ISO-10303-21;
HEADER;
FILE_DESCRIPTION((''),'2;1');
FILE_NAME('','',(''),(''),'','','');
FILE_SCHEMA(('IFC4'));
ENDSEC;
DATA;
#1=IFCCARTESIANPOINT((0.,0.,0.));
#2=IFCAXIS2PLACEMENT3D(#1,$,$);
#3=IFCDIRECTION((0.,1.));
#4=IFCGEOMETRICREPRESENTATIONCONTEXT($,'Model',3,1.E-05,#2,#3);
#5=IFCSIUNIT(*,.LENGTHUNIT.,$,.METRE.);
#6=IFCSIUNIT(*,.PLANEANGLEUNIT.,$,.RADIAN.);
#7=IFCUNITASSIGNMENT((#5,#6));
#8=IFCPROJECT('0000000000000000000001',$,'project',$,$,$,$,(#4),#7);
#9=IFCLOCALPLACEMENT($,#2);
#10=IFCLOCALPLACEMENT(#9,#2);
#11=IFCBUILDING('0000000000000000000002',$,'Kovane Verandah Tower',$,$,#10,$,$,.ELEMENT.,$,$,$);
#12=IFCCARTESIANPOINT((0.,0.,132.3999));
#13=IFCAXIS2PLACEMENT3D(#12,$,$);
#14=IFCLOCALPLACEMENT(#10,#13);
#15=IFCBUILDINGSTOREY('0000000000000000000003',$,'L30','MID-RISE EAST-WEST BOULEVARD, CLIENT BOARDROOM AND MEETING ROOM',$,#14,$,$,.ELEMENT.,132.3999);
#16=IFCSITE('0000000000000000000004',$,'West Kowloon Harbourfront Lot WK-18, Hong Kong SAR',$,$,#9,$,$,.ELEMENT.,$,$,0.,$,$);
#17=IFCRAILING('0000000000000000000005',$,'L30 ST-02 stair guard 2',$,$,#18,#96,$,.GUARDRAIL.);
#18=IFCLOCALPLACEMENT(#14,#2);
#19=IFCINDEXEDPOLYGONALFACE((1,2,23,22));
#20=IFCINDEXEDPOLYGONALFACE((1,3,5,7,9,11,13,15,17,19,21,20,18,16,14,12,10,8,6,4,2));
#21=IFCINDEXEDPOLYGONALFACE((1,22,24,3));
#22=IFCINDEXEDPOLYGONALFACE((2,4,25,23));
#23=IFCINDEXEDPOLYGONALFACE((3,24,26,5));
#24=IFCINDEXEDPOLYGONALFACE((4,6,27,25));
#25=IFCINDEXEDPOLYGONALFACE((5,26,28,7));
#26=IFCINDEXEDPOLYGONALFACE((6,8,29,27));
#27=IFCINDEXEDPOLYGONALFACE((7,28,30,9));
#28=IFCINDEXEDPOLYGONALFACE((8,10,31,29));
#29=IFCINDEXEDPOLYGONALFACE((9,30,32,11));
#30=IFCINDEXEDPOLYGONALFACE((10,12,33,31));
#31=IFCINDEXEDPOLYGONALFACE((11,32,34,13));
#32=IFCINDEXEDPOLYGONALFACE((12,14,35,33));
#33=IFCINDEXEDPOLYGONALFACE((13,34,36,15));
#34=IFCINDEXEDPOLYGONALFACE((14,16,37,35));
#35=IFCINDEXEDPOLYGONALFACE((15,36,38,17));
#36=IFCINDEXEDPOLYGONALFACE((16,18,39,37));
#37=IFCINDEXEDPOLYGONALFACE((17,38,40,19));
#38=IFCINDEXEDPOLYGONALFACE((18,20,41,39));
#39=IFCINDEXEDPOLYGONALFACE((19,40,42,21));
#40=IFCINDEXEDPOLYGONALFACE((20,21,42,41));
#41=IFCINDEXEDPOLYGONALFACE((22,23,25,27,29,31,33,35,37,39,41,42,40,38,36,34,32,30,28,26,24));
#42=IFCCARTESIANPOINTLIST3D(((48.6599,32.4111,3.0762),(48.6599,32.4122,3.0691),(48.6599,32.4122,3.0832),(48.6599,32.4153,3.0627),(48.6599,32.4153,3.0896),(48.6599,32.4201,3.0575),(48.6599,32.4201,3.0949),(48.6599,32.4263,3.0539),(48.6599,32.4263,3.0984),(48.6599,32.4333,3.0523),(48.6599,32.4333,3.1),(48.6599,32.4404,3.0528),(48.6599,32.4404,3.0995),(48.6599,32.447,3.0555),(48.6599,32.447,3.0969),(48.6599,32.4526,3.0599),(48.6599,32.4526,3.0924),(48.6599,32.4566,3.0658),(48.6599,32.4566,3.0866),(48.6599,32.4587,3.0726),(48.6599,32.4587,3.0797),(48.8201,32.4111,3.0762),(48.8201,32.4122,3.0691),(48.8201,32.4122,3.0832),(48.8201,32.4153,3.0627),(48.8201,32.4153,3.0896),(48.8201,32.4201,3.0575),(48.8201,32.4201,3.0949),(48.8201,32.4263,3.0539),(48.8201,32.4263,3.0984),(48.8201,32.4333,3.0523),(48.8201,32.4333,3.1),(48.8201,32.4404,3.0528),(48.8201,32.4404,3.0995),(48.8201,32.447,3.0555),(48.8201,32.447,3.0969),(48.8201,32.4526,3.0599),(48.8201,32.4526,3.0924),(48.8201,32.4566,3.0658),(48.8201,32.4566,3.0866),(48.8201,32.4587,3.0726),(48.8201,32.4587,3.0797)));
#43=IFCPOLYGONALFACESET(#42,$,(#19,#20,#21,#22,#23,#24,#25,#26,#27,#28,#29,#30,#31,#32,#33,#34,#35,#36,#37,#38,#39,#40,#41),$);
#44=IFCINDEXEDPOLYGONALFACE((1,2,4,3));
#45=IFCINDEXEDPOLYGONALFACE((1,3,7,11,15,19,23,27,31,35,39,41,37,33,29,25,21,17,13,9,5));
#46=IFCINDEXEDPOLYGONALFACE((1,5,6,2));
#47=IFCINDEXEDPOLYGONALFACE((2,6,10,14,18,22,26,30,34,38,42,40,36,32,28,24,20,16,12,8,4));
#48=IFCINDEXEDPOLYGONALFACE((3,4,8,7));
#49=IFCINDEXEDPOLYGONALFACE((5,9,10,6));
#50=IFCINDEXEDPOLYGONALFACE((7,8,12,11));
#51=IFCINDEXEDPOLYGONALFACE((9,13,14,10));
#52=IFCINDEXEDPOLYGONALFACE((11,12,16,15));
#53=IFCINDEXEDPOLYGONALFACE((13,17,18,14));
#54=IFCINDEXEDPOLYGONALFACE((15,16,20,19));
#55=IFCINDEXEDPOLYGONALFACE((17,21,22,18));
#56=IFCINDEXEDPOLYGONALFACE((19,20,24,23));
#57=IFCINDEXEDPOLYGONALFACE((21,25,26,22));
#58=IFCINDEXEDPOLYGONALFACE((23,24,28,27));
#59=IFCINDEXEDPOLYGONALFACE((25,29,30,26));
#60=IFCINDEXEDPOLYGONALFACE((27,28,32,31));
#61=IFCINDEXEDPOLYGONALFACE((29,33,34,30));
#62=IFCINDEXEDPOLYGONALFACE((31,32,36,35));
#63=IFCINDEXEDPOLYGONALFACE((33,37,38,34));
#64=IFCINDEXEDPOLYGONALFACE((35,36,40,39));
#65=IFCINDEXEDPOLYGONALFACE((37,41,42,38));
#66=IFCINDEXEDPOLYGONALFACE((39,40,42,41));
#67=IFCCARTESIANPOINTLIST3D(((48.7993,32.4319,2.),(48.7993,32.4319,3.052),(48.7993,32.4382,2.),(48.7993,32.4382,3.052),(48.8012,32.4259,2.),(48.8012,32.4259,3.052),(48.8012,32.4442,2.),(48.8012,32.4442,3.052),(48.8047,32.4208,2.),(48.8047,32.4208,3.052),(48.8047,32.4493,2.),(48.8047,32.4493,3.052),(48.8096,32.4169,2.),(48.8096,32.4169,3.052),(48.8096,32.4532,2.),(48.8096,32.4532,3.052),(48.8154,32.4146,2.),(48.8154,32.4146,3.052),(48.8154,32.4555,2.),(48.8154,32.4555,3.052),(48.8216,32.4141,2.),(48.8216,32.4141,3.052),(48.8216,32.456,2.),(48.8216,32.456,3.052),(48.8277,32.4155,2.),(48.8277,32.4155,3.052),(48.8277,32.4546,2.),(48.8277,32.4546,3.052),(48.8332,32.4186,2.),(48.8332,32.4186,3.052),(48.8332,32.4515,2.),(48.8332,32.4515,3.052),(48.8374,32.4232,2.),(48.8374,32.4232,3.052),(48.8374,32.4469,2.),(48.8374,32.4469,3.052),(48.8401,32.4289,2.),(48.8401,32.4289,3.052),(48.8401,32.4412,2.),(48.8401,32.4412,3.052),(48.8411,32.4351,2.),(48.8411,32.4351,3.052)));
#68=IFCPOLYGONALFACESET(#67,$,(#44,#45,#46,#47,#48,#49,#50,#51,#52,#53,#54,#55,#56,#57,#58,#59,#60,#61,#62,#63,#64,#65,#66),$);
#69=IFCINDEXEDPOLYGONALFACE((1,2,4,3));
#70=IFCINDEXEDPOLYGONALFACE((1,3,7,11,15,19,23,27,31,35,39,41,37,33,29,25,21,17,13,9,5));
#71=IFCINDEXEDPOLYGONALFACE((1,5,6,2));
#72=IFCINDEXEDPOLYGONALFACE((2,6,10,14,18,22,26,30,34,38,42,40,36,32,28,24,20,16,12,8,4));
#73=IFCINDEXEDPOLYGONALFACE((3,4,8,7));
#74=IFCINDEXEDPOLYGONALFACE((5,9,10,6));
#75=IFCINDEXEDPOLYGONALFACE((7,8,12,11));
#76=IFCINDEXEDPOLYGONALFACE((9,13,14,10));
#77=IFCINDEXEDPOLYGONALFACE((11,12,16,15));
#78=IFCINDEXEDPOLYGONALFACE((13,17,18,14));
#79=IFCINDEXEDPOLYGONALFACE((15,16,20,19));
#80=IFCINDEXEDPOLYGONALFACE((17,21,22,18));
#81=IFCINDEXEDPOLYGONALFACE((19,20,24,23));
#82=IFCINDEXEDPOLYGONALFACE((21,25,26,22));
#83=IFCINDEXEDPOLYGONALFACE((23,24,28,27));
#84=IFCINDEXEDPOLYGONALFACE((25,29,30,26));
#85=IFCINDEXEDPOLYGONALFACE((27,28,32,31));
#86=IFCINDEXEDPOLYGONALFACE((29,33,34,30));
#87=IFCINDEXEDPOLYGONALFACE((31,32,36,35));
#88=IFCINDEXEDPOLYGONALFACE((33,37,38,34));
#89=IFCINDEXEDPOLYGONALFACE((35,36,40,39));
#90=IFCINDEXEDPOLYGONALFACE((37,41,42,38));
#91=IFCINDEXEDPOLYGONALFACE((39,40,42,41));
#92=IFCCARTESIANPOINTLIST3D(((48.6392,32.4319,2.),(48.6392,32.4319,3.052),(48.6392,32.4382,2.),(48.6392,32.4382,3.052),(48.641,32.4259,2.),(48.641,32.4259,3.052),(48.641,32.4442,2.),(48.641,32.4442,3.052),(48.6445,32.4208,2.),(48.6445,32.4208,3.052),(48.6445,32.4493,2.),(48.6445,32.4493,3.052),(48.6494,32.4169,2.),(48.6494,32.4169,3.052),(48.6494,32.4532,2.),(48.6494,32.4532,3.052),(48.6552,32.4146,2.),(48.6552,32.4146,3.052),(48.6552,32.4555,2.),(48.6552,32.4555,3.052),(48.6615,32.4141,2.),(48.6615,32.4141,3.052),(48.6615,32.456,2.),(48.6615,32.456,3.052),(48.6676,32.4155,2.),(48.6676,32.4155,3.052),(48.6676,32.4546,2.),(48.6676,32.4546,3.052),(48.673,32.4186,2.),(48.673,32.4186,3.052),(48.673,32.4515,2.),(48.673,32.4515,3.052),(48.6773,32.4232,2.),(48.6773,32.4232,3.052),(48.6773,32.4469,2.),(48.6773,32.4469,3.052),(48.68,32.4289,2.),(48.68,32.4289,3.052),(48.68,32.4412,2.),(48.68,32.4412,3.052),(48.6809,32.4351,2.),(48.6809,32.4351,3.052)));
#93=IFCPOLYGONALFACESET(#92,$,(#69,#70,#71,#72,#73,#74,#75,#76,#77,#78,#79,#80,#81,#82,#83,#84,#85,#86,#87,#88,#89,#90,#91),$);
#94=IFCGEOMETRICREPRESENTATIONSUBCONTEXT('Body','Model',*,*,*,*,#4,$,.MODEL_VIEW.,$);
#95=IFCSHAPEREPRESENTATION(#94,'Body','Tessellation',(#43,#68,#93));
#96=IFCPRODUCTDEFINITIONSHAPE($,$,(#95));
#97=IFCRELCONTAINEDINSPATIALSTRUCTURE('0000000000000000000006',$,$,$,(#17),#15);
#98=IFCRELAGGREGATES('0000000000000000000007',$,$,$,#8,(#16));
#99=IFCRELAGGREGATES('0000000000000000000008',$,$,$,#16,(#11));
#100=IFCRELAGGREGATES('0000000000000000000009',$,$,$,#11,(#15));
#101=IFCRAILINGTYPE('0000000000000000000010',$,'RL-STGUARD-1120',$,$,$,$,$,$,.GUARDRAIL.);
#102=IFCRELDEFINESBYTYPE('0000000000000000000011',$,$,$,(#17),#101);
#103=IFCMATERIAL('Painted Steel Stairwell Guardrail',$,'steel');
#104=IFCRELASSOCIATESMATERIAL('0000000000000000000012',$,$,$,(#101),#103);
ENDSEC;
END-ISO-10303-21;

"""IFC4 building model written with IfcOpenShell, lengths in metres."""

from ifc_helpers import new_model, si_unit, direction, frame, origin, origin_2d, place, context, subcontext, project, spatial, circle, extrude, material, type_object, element, save


model = new_model("IFC4")

# Units and contexts
model_context = context("Model", 3, precision=1e-05, world=origin(), true_north=direction((0.0, 1.0)))
body_context = subcontext(model_context, "Body", "Model", "MODEL_VIEW")
ifc_project = project(units=[si_unit("LENGTHUNIT", "METRE"), si_unit("PLANEANGLEUNIT", "RADIAN")], contexts=[model_context])

# Site, building, storey
site_placement = place(None, origin())
site = spatial("IfcSite", under=ifc_project, at=site_placement, Name="West Kowloon Harbourfront Lot WK-18, Hong Kong SAR", CompositionType="ELEMENT", RefElevation=0.0)
building_placement = place(site_placement, origin())
building = spatial("IfcBuilding", under=site, at=building_placement, Name="Kovane Verandah Tower", CompositionType="ELEMENT")
storey_placement = place(building_placement, frame((0.0, 0.0, 132.3999)))
storey = spatial("IfcBuildingStorey", under=building, at=storey_placement, Name="L30", Description="MID-RISE EAST-WEST BOULEVARD, CLIENT BOARDROOM AND MEETING ROOM", CompositionType="ELEMENT", Elevation=132.3999)

# Railing
ifc_material_1 = material(Name="Painted Steel Stairwell Guardrail", Category="steel")
railing_type_1 = type_object("IfcRailingType", Name="RL-STGUARD-1120", PredefinedType="GUARDRAIL", material=ifc_material_1)
railing_1_placement = place(storey_placement, frame((48.8201, 32.4351, 2.0)))
element("IfcRailing", 1, at=railing_1_placement, inside=storey, type_object=railing_type_1, Name="L30 ST-02 stair guard 2", PredefinedType="GUARDRAIL", context=body_context, shape_type="SweptSolid", body=[
    extrude(circle(Radius=0.0239, at=origin_2d()), frame((0.0, 0.0, 1.0762), z_axis=(-1.0, 0.0, 0.0), x_axis=(0.0, -1.0, 0.0)), (0.0, 0.0, 1.0), 0.1602),
    extrude(circle(Radius=0.021, at=origin_2d()), origin(), (0.0, 0.0, 1.0), 1.052),
    extrude(circle(Radius=0.021, at=origin_2d()), frame((-0.1602, 0.0, 0.0)), (0.0, 0.0, 1.0), 1.052),
])

save(model, "model.ifc")
